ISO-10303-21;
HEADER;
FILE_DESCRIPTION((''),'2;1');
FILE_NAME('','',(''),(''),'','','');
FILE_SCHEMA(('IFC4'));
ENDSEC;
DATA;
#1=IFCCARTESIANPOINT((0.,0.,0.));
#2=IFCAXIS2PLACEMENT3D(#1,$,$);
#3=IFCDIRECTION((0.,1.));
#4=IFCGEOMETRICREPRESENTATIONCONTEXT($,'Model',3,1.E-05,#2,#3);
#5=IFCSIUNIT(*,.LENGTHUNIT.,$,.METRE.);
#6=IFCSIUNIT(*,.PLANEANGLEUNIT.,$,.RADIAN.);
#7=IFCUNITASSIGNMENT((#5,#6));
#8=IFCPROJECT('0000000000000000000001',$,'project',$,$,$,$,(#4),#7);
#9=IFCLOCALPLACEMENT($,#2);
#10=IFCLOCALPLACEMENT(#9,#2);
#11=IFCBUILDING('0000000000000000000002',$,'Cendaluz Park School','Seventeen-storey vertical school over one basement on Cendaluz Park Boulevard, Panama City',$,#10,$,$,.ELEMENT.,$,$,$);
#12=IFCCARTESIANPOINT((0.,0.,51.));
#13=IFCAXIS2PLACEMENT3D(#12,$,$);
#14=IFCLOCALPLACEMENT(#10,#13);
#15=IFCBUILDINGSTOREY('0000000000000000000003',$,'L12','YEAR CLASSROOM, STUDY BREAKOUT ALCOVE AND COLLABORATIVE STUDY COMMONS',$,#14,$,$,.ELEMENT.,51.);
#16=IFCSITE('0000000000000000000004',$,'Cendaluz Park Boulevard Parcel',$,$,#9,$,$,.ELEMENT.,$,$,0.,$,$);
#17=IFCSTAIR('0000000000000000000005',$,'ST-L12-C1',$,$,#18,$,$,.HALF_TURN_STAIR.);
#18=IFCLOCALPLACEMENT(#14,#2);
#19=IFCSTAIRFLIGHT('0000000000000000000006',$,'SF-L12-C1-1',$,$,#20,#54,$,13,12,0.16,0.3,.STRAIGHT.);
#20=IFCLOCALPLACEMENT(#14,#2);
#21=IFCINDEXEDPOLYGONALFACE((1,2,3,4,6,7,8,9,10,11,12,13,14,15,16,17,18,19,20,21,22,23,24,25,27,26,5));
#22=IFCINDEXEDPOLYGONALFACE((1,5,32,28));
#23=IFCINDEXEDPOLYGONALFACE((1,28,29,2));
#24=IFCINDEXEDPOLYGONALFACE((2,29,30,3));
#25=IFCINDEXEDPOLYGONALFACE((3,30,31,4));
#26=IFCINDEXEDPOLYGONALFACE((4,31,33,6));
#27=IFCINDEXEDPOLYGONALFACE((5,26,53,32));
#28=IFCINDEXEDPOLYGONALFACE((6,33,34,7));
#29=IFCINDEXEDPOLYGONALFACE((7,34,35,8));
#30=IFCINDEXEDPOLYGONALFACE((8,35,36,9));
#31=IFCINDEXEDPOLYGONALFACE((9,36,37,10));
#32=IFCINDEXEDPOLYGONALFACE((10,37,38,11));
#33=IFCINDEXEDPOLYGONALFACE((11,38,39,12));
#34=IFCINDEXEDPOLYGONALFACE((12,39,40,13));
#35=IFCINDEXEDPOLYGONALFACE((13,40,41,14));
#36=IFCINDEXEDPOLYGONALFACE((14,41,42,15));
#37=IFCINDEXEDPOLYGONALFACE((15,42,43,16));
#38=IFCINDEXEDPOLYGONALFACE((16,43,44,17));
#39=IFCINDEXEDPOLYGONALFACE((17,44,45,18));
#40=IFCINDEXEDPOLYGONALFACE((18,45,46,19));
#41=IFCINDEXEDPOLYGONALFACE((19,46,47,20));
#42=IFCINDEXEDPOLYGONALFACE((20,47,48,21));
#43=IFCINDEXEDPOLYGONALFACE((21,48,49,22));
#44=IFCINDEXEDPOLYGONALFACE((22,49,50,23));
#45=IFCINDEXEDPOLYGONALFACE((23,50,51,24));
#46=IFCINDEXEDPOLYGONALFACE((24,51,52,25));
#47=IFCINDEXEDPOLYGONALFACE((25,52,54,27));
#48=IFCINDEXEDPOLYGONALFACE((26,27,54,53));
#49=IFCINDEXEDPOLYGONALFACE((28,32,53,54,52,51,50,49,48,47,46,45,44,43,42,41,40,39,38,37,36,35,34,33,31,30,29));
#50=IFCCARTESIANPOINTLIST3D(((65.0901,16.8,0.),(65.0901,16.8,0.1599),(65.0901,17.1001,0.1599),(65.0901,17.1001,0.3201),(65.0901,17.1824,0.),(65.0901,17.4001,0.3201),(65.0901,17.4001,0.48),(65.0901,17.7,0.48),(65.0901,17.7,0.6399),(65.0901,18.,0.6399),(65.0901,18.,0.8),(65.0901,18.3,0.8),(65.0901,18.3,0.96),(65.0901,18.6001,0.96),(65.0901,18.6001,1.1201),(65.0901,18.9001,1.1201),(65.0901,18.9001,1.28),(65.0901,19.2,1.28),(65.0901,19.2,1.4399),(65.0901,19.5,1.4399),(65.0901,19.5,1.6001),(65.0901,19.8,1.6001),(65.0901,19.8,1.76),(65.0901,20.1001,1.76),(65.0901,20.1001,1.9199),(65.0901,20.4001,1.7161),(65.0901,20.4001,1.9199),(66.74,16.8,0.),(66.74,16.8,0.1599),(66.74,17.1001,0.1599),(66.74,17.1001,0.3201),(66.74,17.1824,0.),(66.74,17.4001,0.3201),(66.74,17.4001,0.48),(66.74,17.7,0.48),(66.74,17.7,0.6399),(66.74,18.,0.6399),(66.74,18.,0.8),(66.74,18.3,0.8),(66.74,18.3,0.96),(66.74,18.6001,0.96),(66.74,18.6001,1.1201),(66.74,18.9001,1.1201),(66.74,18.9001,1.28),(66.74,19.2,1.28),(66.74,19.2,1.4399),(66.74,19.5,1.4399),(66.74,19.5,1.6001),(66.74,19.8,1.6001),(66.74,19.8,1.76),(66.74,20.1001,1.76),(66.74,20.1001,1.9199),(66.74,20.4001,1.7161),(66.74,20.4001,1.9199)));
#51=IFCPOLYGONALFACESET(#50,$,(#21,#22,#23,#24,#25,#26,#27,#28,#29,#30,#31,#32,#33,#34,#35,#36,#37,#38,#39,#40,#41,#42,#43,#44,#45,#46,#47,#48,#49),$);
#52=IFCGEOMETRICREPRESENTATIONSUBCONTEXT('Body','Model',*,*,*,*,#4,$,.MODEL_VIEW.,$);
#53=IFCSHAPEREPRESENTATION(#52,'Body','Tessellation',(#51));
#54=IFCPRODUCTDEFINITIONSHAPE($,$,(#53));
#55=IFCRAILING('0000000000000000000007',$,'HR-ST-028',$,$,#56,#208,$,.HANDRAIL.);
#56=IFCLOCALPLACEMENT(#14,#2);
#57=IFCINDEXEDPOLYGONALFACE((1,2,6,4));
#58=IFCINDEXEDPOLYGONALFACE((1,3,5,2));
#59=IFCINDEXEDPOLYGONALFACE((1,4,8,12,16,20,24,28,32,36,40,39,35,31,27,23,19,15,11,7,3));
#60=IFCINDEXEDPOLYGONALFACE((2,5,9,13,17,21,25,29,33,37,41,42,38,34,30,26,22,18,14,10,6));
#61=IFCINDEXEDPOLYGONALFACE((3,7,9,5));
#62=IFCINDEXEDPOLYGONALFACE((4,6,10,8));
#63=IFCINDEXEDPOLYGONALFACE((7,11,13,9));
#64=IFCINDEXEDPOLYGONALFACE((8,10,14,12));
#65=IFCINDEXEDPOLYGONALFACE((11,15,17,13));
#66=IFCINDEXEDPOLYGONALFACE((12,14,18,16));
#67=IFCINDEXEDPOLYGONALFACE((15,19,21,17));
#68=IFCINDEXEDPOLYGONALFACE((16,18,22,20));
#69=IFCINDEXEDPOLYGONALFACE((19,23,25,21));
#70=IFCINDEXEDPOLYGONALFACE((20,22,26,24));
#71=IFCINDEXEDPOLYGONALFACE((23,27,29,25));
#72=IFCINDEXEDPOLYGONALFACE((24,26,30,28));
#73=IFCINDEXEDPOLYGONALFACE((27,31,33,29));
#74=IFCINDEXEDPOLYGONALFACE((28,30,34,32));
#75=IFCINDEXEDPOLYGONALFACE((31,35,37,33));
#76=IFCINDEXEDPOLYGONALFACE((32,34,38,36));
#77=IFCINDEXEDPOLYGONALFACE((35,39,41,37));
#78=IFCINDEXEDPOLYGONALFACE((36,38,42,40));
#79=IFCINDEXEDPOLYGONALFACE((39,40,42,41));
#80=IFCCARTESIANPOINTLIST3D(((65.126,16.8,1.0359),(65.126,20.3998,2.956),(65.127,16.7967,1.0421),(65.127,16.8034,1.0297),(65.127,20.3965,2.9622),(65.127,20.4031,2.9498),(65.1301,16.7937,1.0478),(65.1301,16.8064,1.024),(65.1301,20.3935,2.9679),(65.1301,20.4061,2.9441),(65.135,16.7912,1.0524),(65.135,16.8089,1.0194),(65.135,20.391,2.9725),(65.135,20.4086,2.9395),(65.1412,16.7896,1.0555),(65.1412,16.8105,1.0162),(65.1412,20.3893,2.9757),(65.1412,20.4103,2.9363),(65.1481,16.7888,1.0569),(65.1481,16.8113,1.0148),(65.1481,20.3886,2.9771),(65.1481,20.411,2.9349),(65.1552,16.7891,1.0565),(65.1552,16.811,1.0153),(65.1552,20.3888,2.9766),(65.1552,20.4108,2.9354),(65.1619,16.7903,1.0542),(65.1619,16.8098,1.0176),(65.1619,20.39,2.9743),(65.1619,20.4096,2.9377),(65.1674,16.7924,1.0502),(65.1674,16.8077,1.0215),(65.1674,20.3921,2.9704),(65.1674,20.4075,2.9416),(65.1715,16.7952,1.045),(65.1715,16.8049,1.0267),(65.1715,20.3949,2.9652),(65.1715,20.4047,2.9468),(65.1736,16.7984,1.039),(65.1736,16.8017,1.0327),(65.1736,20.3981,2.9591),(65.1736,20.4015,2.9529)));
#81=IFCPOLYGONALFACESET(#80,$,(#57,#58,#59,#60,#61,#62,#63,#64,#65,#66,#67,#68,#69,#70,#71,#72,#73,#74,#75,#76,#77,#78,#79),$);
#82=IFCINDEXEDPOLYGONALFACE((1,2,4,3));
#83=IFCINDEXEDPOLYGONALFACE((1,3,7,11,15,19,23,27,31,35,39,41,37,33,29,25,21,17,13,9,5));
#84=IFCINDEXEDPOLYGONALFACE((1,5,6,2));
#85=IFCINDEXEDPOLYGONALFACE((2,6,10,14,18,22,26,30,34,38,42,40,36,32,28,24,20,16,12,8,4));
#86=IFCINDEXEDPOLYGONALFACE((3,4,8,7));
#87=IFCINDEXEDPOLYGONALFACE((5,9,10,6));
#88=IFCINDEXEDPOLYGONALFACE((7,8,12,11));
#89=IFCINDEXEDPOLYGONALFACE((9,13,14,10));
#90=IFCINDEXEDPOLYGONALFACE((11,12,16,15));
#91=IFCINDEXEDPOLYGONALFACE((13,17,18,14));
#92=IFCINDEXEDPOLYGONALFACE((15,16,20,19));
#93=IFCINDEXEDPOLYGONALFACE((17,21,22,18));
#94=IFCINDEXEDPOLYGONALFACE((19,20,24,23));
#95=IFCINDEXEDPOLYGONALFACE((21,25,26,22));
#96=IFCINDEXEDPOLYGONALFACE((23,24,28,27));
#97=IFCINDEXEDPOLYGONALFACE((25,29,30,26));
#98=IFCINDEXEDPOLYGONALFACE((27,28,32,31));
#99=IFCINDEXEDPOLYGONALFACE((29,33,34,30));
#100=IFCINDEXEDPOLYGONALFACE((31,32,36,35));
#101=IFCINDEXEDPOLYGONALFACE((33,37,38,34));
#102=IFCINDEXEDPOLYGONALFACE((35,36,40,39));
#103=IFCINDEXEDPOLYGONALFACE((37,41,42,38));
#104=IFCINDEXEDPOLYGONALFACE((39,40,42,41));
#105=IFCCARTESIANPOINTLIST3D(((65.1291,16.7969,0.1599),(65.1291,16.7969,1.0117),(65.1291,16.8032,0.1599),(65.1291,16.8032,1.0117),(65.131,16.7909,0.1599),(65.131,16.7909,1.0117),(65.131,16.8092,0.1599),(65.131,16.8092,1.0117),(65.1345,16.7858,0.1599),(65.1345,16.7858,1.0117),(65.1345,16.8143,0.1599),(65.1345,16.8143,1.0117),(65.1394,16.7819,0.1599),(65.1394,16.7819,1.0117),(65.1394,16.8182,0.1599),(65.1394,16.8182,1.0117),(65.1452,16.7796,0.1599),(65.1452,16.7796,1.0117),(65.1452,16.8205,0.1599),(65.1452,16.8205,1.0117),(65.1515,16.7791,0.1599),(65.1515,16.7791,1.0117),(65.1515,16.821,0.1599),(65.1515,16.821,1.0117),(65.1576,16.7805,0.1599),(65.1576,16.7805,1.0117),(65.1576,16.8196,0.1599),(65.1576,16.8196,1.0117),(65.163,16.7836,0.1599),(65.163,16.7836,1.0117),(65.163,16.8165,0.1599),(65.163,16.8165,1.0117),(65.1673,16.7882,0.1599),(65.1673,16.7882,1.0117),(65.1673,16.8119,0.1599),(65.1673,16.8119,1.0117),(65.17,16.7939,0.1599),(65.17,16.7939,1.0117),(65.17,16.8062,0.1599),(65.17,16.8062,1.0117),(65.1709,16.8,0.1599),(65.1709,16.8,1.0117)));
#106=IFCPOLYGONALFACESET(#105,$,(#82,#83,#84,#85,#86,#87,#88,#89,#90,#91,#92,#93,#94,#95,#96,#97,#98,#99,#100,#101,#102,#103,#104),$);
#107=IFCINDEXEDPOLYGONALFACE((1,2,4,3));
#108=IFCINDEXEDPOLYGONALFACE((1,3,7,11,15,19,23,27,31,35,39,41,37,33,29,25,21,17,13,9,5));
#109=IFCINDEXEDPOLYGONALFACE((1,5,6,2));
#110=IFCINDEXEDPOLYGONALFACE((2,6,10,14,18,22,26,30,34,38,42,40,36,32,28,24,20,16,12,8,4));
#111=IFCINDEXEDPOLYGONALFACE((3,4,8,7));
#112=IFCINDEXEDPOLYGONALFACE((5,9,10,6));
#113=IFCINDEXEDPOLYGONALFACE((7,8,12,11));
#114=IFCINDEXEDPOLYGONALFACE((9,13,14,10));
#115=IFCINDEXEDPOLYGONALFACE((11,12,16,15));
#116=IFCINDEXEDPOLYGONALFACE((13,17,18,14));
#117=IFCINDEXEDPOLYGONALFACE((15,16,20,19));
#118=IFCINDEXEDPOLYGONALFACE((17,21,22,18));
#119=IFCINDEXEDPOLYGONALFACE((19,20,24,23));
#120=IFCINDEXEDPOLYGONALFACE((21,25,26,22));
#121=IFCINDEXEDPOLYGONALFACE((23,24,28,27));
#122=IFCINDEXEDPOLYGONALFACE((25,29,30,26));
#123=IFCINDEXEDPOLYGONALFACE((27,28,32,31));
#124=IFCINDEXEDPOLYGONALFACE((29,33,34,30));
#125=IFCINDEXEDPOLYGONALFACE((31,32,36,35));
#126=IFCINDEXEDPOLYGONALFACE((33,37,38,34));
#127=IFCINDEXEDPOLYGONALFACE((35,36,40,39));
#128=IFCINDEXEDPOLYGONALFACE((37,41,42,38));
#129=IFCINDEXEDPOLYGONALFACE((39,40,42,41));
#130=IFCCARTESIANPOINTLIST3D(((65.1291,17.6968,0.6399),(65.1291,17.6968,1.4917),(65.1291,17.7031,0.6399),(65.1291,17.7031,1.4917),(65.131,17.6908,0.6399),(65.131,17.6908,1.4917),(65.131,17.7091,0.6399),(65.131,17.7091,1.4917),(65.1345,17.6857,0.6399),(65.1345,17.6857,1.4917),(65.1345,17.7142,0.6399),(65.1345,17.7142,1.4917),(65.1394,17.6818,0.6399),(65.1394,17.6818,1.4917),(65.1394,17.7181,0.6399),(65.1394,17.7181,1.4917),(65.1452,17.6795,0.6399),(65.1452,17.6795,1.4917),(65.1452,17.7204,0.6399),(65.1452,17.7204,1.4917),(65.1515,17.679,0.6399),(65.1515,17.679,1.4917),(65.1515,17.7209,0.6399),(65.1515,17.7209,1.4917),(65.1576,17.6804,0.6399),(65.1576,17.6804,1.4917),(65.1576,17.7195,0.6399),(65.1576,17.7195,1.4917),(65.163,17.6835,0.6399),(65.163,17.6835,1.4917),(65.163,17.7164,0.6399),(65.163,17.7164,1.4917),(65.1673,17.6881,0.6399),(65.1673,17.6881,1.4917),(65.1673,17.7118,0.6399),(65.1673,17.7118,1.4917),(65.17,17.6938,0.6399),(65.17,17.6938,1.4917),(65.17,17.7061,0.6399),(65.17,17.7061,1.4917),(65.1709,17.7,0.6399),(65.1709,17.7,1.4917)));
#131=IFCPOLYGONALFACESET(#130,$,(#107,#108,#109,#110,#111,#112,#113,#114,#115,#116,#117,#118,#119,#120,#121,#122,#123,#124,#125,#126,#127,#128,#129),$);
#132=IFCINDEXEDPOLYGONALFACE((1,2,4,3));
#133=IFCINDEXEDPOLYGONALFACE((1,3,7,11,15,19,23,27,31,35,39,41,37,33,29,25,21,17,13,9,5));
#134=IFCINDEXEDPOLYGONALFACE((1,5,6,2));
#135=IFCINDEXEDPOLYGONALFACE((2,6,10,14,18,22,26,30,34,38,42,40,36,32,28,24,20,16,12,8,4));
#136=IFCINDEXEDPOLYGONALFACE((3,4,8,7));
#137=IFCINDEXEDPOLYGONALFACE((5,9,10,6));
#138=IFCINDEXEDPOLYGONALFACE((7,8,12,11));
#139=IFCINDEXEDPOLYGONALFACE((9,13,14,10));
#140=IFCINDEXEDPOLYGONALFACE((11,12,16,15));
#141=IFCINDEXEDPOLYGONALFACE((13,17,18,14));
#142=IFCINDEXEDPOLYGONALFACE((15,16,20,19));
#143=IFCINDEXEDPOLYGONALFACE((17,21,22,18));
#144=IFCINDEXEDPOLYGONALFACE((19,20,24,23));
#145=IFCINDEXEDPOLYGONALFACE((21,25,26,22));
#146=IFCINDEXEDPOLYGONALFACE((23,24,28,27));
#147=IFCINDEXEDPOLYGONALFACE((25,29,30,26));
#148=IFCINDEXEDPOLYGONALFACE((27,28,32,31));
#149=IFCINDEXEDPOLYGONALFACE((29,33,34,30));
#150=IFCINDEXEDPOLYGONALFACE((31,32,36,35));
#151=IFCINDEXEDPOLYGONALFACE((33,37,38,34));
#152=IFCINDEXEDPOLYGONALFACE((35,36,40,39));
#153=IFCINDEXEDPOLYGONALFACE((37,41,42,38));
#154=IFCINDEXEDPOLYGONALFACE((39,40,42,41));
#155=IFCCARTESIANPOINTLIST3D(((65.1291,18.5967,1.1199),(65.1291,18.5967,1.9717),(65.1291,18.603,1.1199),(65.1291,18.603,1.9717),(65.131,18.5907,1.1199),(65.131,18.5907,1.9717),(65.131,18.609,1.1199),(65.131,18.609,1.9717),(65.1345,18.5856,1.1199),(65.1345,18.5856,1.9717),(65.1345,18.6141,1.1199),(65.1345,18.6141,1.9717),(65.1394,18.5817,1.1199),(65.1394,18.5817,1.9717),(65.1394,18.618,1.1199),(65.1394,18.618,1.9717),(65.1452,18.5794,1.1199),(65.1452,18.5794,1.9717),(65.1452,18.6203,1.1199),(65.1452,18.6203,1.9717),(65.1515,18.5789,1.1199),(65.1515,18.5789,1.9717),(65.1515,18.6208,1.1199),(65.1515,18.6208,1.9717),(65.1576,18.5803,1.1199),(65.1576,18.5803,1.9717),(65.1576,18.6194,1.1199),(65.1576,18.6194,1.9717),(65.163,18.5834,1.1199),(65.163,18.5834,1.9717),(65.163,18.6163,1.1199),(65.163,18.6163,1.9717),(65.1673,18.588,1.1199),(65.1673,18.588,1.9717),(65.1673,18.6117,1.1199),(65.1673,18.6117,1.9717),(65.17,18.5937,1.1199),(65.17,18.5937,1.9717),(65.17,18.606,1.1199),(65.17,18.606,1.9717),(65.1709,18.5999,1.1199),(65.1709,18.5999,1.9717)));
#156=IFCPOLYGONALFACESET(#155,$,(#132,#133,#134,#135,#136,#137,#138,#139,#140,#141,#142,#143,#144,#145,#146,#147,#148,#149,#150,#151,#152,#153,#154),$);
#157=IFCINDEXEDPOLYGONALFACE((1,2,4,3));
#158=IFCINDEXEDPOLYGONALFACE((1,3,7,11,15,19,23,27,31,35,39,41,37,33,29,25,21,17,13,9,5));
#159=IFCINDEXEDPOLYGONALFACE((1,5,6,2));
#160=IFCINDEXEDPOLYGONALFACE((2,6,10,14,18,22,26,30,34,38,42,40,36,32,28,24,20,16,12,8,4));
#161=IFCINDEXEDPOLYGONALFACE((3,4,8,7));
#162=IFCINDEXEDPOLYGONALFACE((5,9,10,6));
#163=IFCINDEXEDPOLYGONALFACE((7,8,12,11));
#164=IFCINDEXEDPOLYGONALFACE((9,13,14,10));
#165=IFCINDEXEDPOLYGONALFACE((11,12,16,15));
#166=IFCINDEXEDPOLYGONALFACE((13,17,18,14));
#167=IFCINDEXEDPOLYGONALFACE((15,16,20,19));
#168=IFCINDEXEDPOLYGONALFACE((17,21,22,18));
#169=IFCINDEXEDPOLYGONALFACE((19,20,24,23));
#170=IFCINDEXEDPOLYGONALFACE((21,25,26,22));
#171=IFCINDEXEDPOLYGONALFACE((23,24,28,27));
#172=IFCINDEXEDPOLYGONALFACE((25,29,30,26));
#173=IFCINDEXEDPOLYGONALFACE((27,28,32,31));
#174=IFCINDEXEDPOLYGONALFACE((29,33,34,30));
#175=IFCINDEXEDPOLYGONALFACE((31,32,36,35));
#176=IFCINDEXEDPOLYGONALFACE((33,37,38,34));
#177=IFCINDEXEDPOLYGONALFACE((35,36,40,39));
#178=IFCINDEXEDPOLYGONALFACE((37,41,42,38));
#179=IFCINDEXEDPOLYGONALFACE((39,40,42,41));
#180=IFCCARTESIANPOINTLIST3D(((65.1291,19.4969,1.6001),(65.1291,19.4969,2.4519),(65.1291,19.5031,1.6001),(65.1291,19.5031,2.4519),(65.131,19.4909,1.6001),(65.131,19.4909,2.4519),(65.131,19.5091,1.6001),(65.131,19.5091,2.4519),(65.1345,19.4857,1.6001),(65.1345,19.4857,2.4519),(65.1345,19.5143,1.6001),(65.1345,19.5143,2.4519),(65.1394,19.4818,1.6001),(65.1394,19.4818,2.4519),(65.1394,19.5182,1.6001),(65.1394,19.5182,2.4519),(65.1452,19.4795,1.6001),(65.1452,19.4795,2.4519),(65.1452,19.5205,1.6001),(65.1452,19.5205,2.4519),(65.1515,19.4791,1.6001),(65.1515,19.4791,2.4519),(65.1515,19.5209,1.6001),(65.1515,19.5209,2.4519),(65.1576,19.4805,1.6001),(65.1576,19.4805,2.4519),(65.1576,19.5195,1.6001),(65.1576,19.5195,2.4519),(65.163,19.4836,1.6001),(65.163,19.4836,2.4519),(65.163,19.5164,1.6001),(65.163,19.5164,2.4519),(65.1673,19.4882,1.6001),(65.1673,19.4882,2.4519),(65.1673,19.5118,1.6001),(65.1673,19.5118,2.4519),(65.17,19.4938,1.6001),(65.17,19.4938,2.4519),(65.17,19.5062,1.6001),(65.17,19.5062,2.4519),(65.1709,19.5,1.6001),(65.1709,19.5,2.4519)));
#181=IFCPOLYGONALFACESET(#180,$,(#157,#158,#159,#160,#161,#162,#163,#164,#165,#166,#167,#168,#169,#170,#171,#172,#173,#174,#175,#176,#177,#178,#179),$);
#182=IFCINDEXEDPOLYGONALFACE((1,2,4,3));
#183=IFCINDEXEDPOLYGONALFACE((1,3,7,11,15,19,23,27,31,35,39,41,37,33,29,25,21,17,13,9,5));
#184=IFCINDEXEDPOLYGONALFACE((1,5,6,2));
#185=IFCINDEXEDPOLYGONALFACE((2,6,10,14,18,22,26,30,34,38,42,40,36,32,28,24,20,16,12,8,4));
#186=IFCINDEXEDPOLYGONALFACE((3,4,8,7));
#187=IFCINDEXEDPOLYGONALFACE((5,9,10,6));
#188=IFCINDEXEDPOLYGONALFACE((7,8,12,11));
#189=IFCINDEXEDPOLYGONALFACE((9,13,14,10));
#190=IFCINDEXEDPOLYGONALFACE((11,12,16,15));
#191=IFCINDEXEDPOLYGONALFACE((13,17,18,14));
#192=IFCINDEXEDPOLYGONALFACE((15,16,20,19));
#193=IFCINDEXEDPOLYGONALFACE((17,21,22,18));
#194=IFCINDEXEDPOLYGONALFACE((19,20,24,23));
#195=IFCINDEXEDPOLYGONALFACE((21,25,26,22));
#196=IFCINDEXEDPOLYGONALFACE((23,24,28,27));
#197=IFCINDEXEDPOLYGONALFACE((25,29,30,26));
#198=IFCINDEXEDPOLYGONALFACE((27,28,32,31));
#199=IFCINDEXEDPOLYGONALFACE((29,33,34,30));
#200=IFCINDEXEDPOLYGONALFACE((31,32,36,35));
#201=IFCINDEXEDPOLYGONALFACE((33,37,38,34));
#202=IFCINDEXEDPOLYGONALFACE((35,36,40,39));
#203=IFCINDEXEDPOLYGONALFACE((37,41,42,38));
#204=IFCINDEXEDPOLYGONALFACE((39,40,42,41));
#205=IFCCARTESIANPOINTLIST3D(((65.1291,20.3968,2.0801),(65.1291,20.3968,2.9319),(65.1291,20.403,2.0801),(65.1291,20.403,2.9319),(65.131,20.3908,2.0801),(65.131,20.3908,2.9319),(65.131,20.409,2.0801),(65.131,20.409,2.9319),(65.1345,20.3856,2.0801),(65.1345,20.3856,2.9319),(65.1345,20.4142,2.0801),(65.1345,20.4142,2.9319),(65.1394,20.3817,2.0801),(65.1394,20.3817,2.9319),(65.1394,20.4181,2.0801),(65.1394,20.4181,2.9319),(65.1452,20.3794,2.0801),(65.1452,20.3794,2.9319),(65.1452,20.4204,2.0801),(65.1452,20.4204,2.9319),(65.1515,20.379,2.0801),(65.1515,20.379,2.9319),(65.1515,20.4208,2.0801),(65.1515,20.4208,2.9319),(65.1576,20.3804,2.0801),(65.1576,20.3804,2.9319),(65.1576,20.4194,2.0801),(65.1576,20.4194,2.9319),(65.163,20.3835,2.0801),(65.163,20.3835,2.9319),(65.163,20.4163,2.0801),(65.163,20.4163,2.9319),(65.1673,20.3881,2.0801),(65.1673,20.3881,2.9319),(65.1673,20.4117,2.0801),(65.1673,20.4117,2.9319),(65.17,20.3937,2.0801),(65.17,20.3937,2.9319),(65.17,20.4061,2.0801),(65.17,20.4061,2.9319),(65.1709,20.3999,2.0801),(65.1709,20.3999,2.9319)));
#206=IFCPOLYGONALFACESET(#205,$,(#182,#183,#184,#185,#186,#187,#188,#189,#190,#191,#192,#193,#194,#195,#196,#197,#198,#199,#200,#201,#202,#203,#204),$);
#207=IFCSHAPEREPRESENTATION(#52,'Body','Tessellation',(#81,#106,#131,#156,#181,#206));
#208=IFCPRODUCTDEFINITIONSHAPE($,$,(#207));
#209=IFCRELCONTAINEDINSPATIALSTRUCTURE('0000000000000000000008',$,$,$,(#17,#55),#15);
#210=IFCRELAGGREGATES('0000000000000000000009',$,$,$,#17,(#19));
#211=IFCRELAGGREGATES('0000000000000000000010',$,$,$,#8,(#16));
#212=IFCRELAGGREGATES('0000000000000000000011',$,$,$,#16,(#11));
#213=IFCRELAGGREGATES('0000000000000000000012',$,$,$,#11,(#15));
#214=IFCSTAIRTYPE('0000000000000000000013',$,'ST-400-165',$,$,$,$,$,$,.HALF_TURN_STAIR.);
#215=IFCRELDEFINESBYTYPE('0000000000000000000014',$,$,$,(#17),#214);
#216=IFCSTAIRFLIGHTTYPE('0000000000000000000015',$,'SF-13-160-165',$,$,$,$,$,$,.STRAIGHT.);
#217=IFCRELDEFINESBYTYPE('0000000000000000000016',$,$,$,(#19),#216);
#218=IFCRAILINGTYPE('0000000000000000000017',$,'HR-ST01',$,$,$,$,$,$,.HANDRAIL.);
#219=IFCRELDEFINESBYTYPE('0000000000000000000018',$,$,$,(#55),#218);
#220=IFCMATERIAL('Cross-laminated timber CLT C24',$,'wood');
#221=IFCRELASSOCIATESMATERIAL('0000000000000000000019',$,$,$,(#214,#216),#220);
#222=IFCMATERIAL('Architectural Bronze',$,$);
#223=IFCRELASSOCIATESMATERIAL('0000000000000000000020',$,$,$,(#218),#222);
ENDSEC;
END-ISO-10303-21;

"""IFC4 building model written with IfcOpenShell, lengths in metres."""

from ifc_helpers import new_model, si_unit, direction, frame, origin, origin_2d, place, context, subcontext, project, spatial, polyline, circle, outline, extrude, material, type_object, element, aggregate, save


model = new_model("IFC4")

# Units and contexts
model_context = context("Model", 3, precision=1e-05, world=origin(), true_north=direction((0.0, 1.0)))
body_context = subcontext(model_context, "Body", "Model", "MODEL_VIEW")
ifc_project = project(units=[si_unit("LENGTHUNIT", "METRE"), si_unit("PLANEANGLEUNIT", "RADIAN")], contexts=[model_context])

# Site, building, storey
site_placement = place(None, origin())
site = spatial("IfcSite", under=ifc_project, at=site_placement, Name="Cendaluz Park Boulevard Parcel", CompositionType="ELEMENT", RefElevation=0.0)
building_placement = place(site_placement, origin())
building = spatial("IfcBuilding", under=site, at=building_placement, Name="Cendaluz Park School", Description="Seventeen-storey vertical school over one basement on Cendaluz Park Boulevard, Panama City", CompositionType="ELEMENT")
storey_placement = place(building_placement, frame((0.0, 0.0, 51.0)))
storey = spatial("IfcBuildingStorey", under=building, at=storey_placement, Name="L12", Description="YEAR CLASSROOM, STUDY BREAKOUT ALCOVE AND COLLABORATIVE STUDY COMMONS", CompositionType="ELEMENT", Elevation=51.0)

# Shared definitions
ifc_material_1 = material(Name="Cross-laminated timber CLT C24", Category="wood")

# Stair, stair flight
stair_type = type_object("IfcStairType", Name="ST-400-165", PredefinedType="HALF_TURN_STAIR", material=ifc_material_1)
stair_placement = place(storey_placement, origin())
stair = element("IfcStair", 1, at=stair_placement, inside=storey, type_object=stair_type, Name="ST-L12-C1", PredefinedType="HALF_TURN_STAIR")
stair_flight_type_1 = type_object("IfcStairFlightType", Name="SF-13-160-165", PredefinedType="STRAIGHT", material=ifc_material_1)
stair_flight_1_placement = place(storey_placement, frame((65.915, 16.8, 0.0), z_axis=(0.0, 0.0, 1.0), x_axis=(0.0, 1.0, 0.0)))
stair_flight_1 = element("IfcStairFlight", 2, at=stair_flight_1_placement, type_object=stair_flight_type_1, Name="SF-L12-C1-1", NumberOfRisers=13, NumberOfTreads=12, PredefinedType="STRAIGHT", RiserHeight=0.16, TreadLength=0.3, context=body_context, shape_type="SweptSolid", body=[
    extrude(outline(polyline([(0.0, 0.0), (0.0, 0.1599), (0.3, 0.1599), (0.3, 0.3201), (0.6001, 0.3201), (0.6001, 0.48), (0.8999, 0.48), (0.8999, 0.6399), (1.2, 0.6399), (1.2, 0.8), (1.5, 0.8), (1.5, 0.96), (1.8, 0.96), (1.8, 1.1201), (2.1001, 1.1201), (2.1001, 1.28), (2.3999, 1.28), (2.3999, 1.4399), (2.7, 1.4399), (2.7, 1.6001), (3.0, 1.6001), (3.0, 1.76), (3.3, 1.76), (3.3, 1.9199), (3.6001, 1.9199), (3.6001, 2.0801), (3.6001, 1.7161), (0.3823, 0.0), (0.0, 0.0)])), frame((0.0, 0.825, 0.0), z_axis=(0.0, -1.0, 0.0), x_axis=(1.0, 0.0, 0.0)), (0.0, 0.0, 1.0), 1.6499),
])
aggregate(stair, [stair_flight_1])

# Railing
ifc_material_2 = material(Name="Architectural Bronze")
railing_type_1 = type_object("IfcRailingType", Name="HR-ST01", PredefinedType="HANDRAIL", material=ifc_material_2)
railing_1_placement = place(storey_placement, frame((65.1499, 16.8, 0.1599)))
element("IfcRailing", 3, at=railing_1_placement, inside=storey, type_object=railing_type_1, Name="HR-ST-028", PredefinedType="HANDRAIL", context=body_context, shape_type="SweptSolid", body=[
    extrude(circle(Radius=0.0239, at=origin_2d()), frame((0.0, 0.0, 0.876), z_axis=(0.0, 0.882328, 0.470635), x_axis=(-1.0, 0.0, 0.0)), (0.0, 0.0, 1.0), 4.0798),
    extrude(circle(Radius=0.021, at=origin_2d()), origin(), (0.0, 0.0, 1.0), 0.8518),
    extrude(circle(Radius=0.021, at=origin_2d()), frame((0.0, 0.8999, 0.48)), (0.0, 0.0, 1.0), 0.8518),
    extrude(circle(Radius=0.021, at=origin_2d()), frame((0.0, 1.7998, 0.96)), (0.0, 0.0, 1.0), 0.8518),
    extrude(circle(Radius=0.021, at=origin_2d()), frame((0.0, 2.7, 1.4402)), (0.0, 0.0, 1.0), 0.8518),
    extrude(circle(Radius=0.021, at=origin_2d()), frame((0.0, 3.5999, 1.9202)), (0.0, 0.0, 1.0), 0.8518),
])

save(model, "model.ifc")
